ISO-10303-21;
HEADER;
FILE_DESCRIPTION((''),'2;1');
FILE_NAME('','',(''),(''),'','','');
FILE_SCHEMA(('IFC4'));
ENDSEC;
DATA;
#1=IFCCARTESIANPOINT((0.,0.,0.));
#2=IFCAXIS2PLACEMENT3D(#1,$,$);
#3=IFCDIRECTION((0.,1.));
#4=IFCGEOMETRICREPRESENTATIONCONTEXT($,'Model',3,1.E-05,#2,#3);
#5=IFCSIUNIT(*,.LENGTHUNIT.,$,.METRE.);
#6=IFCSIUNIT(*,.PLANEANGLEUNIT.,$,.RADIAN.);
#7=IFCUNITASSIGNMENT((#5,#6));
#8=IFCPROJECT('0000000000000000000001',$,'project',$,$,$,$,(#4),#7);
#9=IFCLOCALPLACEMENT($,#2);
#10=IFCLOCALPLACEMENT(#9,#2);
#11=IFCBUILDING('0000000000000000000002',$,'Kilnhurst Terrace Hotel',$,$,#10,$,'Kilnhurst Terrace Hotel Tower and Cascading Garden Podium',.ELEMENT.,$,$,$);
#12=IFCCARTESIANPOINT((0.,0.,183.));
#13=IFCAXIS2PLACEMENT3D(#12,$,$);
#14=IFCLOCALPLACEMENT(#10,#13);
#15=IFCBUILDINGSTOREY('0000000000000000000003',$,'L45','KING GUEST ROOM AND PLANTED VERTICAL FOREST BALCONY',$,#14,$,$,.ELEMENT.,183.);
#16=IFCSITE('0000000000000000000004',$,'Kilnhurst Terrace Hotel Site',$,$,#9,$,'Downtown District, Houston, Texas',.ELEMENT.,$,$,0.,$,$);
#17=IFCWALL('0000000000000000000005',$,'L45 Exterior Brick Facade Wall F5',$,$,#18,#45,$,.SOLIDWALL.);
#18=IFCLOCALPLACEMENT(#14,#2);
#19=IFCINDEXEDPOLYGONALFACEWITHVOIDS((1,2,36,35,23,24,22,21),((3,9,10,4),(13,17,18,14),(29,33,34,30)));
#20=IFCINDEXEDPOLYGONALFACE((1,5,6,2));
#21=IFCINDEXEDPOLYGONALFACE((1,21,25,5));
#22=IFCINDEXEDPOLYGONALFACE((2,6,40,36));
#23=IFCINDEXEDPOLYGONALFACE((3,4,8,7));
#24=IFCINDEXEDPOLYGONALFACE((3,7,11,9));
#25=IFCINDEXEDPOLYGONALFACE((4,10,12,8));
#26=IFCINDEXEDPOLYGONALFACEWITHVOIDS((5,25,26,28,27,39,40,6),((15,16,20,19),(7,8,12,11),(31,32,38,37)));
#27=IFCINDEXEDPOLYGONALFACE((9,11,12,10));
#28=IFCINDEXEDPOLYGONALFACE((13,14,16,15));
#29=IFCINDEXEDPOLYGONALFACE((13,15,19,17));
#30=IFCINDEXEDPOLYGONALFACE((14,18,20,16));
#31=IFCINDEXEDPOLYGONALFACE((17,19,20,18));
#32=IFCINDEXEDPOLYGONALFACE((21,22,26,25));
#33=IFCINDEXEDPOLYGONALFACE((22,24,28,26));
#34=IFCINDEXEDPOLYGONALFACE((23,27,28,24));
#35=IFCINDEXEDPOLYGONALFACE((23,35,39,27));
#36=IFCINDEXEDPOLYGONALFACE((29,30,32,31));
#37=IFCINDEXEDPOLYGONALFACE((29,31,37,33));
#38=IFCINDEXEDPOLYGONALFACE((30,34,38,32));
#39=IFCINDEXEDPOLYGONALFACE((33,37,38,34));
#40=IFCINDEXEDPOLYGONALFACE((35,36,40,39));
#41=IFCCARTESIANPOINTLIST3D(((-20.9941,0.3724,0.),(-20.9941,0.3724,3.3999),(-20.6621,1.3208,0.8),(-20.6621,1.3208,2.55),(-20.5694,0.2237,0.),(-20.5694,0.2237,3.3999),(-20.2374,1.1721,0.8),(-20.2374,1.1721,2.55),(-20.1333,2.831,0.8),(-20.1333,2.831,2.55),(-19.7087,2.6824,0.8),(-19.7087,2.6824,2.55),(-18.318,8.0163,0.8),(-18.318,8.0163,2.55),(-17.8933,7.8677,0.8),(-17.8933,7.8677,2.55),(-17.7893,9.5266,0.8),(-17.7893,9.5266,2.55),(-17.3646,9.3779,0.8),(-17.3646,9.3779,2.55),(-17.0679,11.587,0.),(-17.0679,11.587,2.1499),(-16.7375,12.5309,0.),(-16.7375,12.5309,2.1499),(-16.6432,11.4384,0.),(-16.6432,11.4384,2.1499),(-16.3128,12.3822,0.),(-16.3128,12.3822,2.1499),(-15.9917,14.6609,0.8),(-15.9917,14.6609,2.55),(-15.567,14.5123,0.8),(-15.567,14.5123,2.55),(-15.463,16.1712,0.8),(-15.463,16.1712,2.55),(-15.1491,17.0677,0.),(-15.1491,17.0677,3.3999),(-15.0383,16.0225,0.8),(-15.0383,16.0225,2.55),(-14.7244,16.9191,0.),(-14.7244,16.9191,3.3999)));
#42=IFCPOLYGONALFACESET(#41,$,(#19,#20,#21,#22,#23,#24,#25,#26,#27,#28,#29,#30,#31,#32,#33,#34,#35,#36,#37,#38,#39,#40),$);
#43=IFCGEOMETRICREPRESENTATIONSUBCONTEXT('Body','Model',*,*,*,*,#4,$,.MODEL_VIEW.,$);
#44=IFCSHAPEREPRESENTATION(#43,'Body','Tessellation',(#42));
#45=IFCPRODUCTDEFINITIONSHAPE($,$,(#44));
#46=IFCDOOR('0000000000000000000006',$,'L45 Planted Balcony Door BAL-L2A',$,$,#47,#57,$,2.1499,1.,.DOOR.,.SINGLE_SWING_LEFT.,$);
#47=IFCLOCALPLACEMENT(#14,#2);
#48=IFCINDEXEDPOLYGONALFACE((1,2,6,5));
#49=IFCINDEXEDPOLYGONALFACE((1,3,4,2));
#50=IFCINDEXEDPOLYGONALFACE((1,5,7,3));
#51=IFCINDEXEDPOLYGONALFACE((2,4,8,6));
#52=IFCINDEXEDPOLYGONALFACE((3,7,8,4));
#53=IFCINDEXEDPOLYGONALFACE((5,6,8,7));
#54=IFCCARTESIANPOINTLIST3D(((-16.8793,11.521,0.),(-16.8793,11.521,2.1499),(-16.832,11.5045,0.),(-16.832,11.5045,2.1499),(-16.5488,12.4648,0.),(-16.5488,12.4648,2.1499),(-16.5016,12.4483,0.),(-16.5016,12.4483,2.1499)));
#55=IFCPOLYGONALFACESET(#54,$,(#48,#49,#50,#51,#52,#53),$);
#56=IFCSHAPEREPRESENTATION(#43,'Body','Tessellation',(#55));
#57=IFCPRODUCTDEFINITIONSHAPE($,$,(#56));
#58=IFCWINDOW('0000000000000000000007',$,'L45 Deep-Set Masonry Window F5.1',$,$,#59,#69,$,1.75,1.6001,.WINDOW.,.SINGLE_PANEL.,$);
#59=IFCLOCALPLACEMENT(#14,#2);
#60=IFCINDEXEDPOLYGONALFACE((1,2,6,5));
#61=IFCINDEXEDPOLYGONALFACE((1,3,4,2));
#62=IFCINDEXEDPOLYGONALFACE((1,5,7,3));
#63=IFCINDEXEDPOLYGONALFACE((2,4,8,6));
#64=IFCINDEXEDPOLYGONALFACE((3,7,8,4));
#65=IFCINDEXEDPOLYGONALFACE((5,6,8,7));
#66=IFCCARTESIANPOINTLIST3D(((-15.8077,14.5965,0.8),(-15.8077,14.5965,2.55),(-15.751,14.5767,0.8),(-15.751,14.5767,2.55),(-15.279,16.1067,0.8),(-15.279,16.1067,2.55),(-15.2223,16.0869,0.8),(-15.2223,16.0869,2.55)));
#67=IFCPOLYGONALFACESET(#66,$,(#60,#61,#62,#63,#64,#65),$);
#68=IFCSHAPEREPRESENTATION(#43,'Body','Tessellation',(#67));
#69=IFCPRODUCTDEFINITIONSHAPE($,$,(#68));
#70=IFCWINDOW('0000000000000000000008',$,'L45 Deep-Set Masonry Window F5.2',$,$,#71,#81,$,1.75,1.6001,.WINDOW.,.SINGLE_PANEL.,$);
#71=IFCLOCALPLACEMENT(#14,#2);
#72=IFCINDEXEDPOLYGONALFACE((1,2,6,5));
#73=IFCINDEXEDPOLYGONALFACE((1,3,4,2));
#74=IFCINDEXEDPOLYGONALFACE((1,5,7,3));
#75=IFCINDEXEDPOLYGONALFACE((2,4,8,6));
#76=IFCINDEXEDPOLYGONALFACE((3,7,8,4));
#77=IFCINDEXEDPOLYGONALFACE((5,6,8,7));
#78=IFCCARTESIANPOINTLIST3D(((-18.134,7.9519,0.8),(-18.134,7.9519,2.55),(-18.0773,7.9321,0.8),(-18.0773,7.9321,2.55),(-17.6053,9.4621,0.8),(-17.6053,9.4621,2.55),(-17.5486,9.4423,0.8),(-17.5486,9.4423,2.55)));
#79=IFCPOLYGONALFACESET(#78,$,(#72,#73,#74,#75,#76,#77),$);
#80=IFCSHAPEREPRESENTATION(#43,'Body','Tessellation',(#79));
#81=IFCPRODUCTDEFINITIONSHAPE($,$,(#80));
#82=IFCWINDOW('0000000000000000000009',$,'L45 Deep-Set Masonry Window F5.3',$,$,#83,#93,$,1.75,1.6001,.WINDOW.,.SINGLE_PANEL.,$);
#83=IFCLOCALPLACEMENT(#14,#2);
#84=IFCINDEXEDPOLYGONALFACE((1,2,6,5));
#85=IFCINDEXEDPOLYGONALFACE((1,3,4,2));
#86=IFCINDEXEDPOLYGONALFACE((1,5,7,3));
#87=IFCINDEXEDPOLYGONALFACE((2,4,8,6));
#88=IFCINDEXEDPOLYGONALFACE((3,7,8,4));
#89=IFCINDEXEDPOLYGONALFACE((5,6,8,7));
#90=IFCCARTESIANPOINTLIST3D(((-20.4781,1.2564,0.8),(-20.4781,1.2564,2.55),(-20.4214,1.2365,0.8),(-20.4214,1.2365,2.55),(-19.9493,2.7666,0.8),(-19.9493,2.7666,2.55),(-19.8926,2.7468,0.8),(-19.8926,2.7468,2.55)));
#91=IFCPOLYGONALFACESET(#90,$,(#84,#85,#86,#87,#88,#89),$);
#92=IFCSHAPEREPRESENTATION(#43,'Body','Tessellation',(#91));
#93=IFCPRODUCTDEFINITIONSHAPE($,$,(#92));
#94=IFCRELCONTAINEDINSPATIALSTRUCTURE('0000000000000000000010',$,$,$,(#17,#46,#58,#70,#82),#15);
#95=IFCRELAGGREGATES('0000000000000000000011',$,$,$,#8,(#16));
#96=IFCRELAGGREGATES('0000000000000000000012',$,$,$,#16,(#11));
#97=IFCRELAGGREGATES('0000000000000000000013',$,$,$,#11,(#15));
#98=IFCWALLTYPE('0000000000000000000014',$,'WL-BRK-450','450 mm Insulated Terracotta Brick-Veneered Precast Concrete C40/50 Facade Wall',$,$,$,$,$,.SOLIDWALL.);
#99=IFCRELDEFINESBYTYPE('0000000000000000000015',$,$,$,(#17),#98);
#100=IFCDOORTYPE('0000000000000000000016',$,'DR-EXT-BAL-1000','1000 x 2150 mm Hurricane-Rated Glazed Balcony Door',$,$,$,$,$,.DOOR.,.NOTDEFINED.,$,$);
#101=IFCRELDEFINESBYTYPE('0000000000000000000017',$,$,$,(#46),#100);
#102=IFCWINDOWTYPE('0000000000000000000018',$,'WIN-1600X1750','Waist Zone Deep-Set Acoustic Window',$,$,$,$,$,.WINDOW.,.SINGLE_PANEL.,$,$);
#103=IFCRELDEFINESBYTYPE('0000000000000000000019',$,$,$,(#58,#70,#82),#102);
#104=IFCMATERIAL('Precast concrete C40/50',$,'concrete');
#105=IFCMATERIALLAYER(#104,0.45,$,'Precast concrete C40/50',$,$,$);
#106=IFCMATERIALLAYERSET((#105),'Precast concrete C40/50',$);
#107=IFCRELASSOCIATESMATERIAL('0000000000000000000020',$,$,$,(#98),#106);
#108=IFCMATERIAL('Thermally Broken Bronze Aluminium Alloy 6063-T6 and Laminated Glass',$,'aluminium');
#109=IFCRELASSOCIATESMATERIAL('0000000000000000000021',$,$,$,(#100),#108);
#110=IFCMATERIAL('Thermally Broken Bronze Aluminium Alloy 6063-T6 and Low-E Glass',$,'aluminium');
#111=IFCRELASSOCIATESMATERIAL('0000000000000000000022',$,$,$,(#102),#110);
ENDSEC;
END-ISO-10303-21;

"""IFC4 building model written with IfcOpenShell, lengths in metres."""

from ifc_helpers import new_model, si_unit, direction, frame, frame_2d, origin, place, context, subcontext, project, spatial, rectangle, extrude, material, layer, layer_set, type_object, element, fill, save


model = new_model("IFC4")

# Units and contexts
model_context = context("Model", 3, precision=1e-05, world=origin(), true_north=direction((0.0, 1.0)))
body_context = subcontext(model_context, "Body", "Model", "MODEL_VIEW")
ifc_project = project(units=[si_unit("LENGTHUNIT", "METRE"), si_unit("PLANEANGLEUNIT", "RADIAN")], contexts=[model_context])

# Site, building, storey
site_placement = place(None, origin())
site = spatial("IfcSite", under=ifc_project, at=site_placement, Name="Kilnhurst Terrace Hotel Site", LongName="Downtown District, Houston, Texas", CompositionType="ELEMENT", RefElevation=0.0)
building_placement = place(site_placement, origin())
building = spatial("IfcBuilding", under=site, at=building_placement, Name="Kilnhurst Terrace Hotel", LongName="Kilnhurst Terrace Hotel Tower and Cascading Garden Podium", CompositionType="ELEMENT")
storey_placement = place(building_placement, frame((0.0, 0.0, 183.0)))
storey = spatial("IfcBuildingStorey", under=building, at=storey_placement, Name="L45", Description="KING GUEST ROOM AND PLANTED VERTICAL FOREST BALCONY", CompositionType="ELEMENT", Elevation=183.0)

# Shared definitions
ifc_material_1 = material(Name="Precast concrete C40/50", Category="concrete")
ifc_layer_1 = layer(ifc_material_1, 0.45, Name="Precast concrete C40/50")
ifc_layer_set_1 = layer_set([ifc_layer_1], Name="Precast concrete C40/50")
wall_type_1 = type_object("IfcWallType", Name="WL-BRK-450", Description="450 mm Insulated Terracotta Brick-Veneered Precast Concrete C40/50 Facade Wall", PredefinedType="SOLIDWALL", material=ifc_layer_set_1)

# Wall, openings, door, windows
wall_1_placement = place(storey_placement, frame((-14.9368, 16.9934, 0.0), z_axis=(0.0, 0.0, 1.0), x_axis=(-0.330432, -0.94383, 0.0)))
wall_1 = element("IfcWall", 1, at=wall_1_placement, inside=storey, type_object=wall_type_1, Name="L45 Exterior Brick Facade Wall F5", PredefinedType="SOLIDWALL", context=body_context, shape_type="SweptSolid", body=[
    extrude(rectangle(XDim=17.689, YDim=0.45, at=frame_2d((8.8445, 0.0))), origin(), (0.0, 0.0, 1.0), 3.3999),
])
opening_1_placement = place(wall_1_placement, frame((4.8069, 0.0, 0.0)))
opening_1 = element("IfcOpeningElement", 2, at=opening_1_placement, cuts=wall_1, PredefinedType="OPENING", context=body_context, shape_type="SweptSolid", body=[
    extrude(rectangle(XDim=1.0, YDim=2.1499, at=frame_2d((0.5, 1.075))), frame((0.0, 0.2349, 0.0), z_axis=(0.0, -1.0, 0.0), x_axis=(1.0, 0.0, 0.0)), (0.0, 0.0, 1.0), 0.47),
])
opening_2_placement = place(wall_1_placement, frame((0.95, 0.0, 0.8)))
opening_2 = element("IfcOpeningElement", 3, at=opening_2_placement, cuts=wall_1, PredefinedType="OPENING", context=body_context, shape_type="SweptSolid", body=[
    extrude(rectangle(XDim=1.6001, YDim=1.75, at=frame_2d((0.8, 0.875))), frame((0.0, 0.2349, 0.0), z_axis=(0.0, -1.0, 0.0), x_axis=(1.0, 0.0, 0.0)), (0.0, 0.0, 1.0), 0.47),
])
opening_3_placement = place(wall_1_placement, frame((7.99, 0.0, 0.8)))
opening_3 = element("IfcOpeningElement", 4, at=opening_3_placement, cuts=wall_1, PredefinedType="OPENING", context=body_context, shape_type="SweptSolid", body=[
    extrude(rectangle(XDim=1.6001, YDim=1.75, at=frame_2d((0.8, 0.875))), frame((0.0, 0.2349, 0.0), z_axis=(0.0, -1.0, 0.0), x_axis=(1.0, 0.0, 0.0)), (0.0, 0.0, 1.0), 0.47),
])
opening_4_placement = place(wall_1_placement, frame((15.084, 0.0, 0.8)))
opening_4 = element("IfcOpeningElement", 5, at=opening_4_placement, cuts=wall_1, PredefinedType="OPENING", context=body_context, shape_type="SweptSolid", body=[
    extrude(rectangle(XDim=1.6001, YDim=1.75, at=frame_2d((0.8, 0.875))), frame((0.0, 0.2349, 0.0), z_axis=(0.0, -1.0, 0.0), x_axis=(1.0, 0.0, 0.0)), (0.0, 0.0, 1.0), 0.47),
])
ifc_material_2 = material(Name="Thermally Broken Bronze Aluminium Alloy 6063-T6 and Laminated Glass", Category="aluminium")
door_type_1 = type_object("IfcDoorType", Name="DR-EXT-BAL-1000", Description="1000 x 2150 mm Hurricane-Rated Glazed Balcony Door", OperationType="NOTDEFINED", PredefinedType="DOOR", material=ifc_material_2)
door_1_placement = place(opening_1_placement, origin())
door_1 = element("IfcDoor", 6, at=door_1_placement, inside=storey, type_object=door_type_1, Name="L45 Planted Balcony Door BAL-L2A", OperationType="SINGLE_SWING_LEFT", OverallHeight=2.1499, OverallWidth=1.0, PredefinedType="DOOR", context=body_context, shape_type="SweptSolid", body=[
    extrude(rectangle(XDim=1.0, YDim=2.1499, at=frame_2d((0.5, 1.075))), frame((0.0, 0.0249, 0.0), z_axis=(0.0, -1.0, 0.0), x_axis=(1.0, 0.0, 0.0)), (0.0, 0.0, 1.0), 0.05),
])
fill(opening_1, door_1)
ifc_material_3 = material(Name="Thermally Broken Bronze Aluminium Alloy 6063-T6 and Low-E Glass", Category="aluminium")
window_type = type_object("IfcWindowType", Name="WIN-1600X1750", Description="Waist Zone Deep-Set Acoustic Window", PartitioningType="SINGLE_PANEL", PredefinedType="WINDOW", material=ifc_material_3)
window_1_placement = place(opening_2_placement, origin())
window_1 = element("IfcWindow", 7, at=window_1_placement, inside=storey, type_object=window_type, Name="L45 Deep-Set Masonry Window F5.1", OverallHeight=1.75, OverallWidth=1.6001, PartitioningType="SINGLE_PANEL", PredefinedType="WINDOW", context=body_context, shape_type="SweptSolid", body=[
    extrude(rectangle(XDim=1.6001, YDim=1.75, at=frame_2d((0.8, 0.875))), frame((0.0, 0.03, 0.0), z_axis=(0.0, -1.0, 0.0), x_axis=(1.0, 0.0, 0.0)), (0.0, 0.0, 1.0), 0.0601),
])
fill(opening_2, window_1)
window_2_placement = place(opening_3_placement, origin())
window_2 = element("IfcWindow", 8, at=window_2_placement, inside=storey, type_object=window_type, Name="L45 Deep-Set Masonry Window F5.2", OverallHeight=1.75, OverallWidth=1.6001, PartitioningType="SINGLE_PANEL", PredefinedType="WINDOW", context=body_context, shape_type="SweptSolid", body=[
    extrude(rectangle(XDim=1.6001, YDim=1.75, at=frame_2d((0.8, 0.875))), frame((0.0, 0.03, 0.0), z_axis=(0.0, -1.0, 0.0), x_axis=(1.0, 0.0, 0.0)), (0.0, 0.0, 1.0), 0.0601),
])
fill(opening_3, window_2)
window_3_placement = place(opening_4_placement, origin())
window_3 = element("IfcWindow", 9, at=window_3_placement, inside=storey, type_object=window_type, Name="L45 Deep-Set Masonry Window F5.3", OverallHeight=1.75, OverallWidth=1.6001, PartitioningType="SINGLE_PANEL", PredefinedType="WINDOW", context=body_context, shape_type="SweptSolid", body=[
    extrude(rectangle(XDim=1.6001, YDim=1.75, at=frame_2d((0.8, 0.875))), frame((0.0, 0.03, 0.0), z_axis=(0.0, -1.0, 0.0), x_axis=(1.0, 0.0, 0.0)), (0.0, 0.0, 1.0), 0.0601),
])
fill(opening_4, window_3)

save(model, "model.ifc")
